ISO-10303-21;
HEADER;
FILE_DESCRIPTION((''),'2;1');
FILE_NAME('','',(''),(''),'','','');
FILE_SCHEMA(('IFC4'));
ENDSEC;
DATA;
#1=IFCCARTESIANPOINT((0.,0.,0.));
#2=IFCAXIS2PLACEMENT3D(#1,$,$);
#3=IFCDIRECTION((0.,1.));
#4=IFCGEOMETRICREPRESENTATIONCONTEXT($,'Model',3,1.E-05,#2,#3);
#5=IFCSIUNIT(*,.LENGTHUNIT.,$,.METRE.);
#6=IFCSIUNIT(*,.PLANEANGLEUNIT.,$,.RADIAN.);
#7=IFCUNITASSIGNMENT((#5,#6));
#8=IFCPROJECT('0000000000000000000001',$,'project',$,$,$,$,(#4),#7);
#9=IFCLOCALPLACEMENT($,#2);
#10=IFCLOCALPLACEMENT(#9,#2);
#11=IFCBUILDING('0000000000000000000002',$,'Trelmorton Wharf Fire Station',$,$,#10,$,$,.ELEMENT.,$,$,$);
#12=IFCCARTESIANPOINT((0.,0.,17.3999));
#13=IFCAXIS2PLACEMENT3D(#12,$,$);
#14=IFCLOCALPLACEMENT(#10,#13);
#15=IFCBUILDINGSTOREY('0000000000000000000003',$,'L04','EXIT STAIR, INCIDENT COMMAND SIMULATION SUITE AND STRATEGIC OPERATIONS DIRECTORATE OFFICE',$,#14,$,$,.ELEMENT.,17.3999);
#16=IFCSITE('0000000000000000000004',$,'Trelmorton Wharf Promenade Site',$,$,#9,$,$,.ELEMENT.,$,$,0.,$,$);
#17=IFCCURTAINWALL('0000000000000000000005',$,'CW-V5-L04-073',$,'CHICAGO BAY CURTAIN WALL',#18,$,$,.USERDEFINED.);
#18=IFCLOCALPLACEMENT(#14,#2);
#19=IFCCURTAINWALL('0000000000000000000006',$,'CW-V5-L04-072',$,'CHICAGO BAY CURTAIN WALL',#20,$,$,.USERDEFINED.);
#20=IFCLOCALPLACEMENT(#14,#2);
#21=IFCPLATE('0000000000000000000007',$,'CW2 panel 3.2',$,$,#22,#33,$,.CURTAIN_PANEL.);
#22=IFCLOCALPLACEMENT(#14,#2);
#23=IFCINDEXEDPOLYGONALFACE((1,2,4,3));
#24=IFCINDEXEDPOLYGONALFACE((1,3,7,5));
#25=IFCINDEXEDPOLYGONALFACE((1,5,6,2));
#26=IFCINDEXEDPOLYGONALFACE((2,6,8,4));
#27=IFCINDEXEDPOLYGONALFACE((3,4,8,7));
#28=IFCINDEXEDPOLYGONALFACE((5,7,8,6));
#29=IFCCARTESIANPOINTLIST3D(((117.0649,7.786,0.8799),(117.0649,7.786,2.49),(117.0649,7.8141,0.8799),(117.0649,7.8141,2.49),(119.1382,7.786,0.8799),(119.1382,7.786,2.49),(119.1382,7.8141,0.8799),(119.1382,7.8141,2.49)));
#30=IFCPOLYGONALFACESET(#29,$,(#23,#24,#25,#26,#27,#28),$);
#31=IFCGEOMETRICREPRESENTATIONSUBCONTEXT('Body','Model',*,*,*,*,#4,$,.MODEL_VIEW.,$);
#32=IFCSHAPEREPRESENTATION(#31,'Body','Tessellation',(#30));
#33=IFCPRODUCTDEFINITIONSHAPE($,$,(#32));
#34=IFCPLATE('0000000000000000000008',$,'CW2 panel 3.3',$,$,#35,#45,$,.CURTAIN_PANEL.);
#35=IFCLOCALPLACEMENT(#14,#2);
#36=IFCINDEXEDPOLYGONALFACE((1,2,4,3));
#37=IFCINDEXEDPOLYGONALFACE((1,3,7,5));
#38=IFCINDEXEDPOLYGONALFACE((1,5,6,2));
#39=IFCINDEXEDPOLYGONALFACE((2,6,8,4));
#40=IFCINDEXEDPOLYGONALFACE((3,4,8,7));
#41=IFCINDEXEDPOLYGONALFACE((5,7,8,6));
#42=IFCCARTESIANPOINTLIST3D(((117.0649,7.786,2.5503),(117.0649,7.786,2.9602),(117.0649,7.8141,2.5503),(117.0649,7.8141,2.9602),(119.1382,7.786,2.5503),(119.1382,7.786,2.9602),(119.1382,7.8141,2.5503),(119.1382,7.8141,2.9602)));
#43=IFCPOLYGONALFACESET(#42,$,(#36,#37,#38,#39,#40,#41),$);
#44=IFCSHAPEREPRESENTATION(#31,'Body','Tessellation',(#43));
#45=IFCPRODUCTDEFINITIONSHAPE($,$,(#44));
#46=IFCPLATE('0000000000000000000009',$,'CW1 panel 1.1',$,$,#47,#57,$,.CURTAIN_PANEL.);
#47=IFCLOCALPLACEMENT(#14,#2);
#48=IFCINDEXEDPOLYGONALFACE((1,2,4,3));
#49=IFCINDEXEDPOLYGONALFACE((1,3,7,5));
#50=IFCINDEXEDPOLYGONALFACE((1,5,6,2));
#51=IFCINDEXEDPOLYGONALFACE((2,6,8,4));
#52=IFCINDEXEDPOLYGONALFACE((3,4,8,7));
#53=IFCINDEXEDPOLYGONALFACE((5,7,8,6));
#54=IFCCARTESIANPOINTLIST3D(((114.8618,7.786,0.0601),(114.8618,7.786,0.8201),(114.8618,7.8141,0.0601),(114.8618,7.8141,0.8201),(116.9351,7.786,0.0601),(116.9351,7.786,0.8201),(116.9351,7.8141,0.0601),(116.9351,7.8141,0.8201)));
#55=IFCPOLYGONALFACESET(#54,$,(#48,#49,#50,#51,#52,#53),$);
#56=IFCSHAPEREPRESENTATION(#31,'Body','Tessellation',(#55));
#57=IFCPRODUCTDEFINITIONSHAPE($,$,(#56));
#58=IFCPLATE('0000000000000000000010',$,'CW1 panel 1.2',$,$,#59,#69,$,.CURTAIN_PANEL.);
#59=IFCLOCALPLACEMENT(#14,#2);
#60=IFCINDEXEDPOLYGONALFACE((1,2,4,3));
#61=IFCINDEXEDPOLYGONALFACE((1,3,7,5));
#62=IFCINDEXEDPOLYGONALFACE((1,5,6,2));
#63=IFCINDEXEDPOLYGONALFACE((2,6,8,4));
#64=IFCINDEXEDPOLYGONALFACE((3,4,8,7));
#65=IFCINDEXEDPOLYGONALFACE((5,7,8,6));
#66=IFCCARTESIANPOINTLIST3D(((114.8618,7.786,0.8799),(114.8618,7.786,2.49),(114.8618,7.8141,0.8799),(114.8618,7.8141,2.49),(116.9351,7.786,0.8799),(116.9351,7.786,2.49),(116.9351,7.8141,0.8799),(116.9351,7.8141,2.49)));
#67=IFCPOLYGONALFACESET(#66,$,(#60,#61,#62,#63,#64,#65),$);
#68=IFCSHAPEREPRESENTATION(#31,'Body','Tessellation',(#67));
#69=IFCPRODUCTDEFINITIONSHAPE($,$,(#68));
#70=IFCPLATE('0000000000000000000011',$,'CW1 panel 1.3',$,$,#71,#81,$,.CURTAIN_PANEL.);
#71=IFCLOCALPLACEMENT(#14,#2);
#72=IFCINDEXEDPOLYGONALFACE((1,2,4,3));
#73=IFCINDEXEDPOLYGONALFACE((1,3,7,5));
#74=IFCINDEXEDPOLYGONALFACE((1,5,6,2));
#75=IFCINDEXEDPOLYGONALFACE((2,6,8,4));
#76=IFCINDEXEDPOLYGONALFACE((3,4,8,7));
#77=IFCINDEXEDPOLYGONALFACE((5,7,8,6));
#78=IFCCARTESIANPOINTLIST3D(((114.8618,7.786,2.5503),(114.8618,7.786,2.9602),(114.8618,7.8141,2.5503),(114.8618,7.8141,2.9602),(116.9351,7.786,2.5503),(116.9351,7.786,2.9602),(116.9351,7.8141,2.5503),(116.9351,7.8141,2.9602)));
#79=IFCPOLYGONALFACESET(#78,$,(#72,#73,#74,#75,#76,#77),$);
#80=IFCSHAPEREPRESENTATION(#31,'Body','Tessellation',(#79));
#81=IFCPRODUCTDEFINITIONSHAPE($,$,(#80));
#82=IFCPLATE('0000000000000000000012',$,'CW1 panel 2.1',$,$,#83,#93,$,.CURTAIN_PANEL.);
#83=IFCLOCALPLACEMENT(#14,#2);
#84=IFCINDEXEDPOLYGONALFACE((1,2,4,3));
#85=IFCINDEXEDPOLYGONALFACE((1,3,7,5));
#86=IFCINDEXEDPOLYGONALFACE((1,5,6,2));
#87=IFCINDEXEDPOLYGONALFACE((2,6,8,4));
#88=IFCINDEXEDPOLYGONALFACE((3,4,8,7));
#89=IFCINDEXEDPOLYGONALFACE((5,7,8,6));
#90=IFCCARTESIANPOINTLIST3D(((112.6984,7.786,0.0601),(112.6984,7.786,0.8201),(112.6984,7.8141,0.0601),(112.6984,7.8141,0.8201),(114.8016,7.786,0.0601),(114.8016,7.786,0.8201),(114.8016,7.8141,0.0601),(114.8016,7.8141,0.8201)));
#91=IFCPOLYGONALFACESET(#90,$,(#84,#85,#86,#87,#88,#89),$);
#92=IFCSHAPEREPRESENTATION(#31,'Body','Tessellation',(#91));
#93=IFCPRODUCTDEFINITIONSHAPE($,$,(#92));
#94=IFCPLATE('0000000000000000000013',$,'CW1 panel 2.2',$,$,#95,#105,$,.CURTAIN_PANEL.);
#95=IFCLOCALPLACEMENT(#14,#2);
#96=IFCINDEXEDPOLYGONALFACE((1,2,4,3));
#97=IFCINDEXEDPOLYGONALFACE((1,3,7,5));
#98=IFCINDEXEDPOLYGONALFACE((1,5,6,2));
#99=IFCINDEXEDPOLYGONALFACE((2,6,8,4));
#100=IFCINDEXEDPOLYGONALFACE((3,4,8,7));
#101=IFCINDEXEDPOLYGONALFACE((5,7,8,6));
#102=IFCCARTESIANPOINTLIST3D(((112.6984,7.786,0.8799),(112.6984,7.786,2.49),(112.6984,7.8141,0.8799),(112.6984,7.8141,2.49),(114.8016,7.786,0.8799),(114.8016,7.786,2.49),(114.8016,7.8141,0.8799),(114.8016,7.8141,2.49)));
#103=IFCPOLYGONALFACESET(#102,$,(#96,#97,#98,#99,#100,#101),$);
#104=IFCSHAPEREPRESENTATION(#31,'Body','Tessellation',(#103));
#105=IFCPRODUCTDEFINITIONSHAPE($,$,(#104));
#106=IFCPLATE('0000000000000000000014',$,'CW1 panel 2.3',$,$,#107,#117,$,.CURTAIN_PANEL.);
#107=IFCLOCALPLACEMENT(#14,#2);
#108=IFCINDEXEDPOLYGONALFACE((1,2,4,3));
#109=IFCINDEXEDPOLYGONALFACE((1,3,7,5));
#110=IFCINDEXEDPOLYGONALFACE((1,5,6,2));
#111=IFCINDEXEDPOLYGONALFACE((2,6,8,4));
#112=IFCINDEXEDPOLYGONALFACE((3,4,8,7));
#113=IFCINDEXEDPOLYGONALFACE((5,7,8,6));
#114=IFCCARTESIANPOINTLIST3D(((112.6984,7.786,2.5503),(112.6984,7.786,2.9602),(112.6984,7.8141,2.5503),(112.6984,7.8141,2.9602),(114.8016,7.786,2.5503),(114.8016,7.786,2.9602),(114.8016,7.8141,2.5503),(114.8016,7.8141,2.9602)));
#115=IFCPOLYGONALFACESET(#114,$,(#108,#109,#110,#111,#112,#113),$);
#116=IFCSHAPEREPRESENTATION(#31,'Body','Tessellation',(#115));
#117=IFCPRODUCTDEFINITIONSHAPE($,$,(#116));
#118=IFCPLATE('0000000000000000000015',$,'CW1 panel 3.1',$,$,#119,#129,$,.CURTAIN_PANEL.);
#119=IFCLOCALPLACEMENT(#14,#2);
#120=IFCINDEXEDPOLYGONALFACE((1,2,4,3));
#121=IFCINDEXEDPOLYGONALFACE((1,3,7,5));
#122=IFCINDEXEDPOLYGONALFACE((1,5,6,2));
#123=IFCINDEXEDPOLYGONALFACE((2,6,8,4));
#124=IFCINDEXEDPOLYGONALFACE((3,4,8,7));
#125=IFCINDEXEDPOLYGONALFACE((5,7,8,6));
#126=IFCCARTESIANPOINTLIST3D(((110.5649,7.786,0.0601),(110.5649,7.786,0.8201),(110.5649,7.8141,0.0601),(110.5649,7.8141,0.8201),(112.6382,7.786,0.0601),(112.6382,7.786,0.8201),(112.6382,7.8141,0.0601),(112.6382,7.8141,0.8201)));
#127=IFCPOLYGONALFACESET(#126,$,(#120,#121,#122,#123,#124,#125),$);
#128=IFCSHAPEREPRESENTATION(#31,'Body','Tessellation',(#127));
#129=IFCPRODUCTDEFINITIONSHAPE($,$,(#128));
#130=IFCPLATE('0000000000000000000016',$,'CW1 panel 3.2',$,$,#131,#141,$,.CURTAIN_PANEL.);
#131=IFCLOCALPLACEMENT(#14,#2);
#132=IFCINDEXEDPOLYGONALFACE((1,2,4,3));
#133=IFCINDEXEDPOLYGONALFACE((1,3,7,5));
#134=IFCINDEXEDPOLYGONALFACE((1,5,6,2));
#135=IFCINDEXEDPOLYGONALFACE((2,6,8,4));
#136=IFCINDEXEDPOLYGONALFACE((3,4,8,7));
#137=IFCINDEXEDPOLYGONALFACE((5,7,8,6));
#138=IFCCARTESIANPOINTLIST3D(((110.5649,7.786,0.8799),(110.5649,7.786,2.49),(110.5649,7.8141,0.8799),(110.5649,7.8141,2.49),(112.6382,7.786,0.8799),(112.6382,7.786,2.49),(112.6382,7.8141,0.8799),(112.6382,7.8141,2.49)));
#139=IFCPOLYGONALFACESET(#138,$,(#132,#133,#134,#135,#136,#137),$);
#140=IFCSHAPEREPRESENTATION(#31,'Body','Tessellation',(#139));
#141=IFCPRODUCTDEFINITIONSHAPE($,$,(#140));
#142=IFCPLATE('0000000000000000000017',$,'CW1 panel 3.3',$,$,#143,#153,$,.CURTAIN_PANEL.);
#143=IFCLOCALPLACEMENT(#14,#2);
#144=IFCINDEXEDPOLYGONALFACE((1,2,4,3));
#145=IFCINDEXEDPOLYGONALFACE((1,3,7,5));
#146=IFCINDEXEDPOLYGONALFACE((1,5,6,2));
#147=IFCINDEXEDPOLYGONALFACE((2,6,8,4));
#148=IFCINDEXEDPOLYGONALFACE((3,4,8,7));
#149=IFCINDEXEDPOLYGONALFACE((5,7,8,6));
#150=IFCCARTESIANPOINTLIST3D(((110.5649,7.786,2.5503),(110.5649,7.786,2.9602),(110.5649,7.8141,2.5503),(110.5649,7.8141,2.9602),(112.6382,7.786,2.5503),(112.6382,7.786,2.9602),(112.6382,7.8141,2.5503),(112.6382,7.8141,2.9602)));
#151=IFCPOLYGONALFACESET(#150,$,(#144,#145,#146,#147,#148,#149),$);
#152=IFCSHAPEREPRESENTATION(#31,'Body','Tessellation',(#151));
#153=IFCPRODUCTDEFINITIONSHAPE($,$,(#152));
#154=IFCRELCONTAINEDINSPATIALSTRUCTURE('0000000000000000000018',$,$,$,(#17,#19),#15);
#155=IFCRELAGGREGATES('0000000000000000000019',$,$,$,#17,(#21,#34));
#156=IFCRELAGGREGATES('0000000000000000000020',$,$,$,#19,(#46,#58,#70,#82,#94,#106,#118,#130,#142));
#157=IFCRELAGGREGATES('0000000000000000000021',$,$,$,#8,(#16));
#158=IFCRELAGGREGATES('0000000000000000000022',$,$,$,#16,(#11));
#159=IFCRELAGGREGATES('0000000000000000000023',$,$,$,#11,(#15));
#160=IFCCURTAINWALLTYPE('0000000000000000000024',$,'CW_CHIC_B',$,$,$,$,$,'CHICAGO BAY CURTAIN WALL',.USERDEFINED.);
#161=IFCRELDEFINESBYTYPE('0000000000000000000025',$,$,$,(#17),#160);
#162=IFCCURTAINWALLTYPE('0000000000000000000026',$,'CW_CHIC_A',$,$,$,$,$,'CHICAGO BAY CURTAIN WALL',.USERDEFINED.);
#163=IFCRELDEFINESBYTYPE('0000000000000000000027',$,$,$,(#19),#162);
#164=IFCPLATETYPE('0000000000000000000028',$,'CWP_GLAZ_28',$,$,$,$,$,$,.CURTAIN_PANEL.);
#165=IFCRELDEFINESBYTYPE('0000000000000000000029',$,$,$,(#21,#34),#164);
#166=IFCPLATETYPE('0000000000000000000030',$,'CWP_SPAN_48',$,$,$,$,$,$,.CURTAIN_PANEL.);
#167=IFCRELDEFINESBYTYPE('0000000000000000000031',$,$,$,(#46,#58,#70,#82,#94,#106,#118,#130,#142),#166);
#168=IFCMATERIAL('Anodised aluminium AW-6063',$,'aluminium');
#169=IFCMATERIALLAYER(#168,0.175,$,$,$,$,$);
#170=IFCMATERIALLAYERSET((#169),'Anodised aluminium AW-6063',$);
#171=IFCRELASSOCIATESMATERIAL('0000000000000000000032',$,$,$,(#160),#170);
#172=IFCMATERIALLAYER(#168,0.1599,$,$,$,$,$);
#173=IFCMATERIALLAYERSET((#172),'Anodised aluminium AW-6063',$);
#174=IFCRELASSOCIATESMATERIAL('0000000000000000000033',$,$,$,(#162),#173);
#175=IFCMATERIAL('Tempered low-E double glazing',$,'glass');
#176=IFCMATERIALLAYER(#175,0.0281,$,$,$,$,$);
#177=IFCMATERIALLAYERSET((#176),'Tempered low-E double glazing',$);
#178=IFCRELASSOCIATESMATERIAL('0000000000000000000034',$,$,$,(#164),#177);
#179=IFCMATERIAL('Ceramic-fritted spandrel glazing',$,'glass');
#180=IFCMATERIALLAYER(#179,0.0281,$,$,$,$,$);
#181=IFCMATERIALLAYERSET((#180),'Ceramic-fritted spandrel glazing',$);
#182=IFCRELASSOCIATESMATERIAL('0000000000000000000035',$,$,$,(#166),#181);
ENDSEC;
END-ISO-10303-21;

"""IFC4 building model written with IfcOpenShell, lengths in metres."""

from ifc_helpers import new_model, si_unit, direction, frame, origin, origin_2d, place, context, subcontext, project, spatial, rectangle, extrude, material, layer, layer_set, type_object, element, aggregate, save


model = new_model("IFC4")

# Units and contexts
model_context = context("Model", 3, precision=1e-05, world=origin(), true_north=direction((0.0, 1.0)))
body_context = subcontext(model_context, "Body", "Model", "MODEL_VIEW")
ifc_project = project(units=[si_unit("LENGTHUNIT", "METRE"), si_unit("PLANEANGLEUNIT", "RADIAN")], contexts=[model_context])

# Site, building, storey
site_placement = place(None, origin())
site = spatial("IfcSite", under=ifc_project, at=site_placement, Name="Trelmorton Wharf Promenade Site", CompositionType="ELEMENT", RefElevation=0.0)
building_placement = place(site_placement, origin())
building = spatial("IfcBuilding", under=site, at=building_placement, Name="Trelmorton Wharf Fire Station", CompositionType="ELEMENT")
storey_placement = place(building_placement, frame((0.0, 0.0, 17.3999)))
storey = spatial("IfcBuildingStorey", under=building, at=storey_placement, Name="L04", Description="EXIT STAIR, INCIDENT COMMAND SIMULATION SUITE AND STRATEGIC OPERATIONS DIRECTORATE OFFICE", CompositionType="ELEMENT", Elevation=17.3999)

# Curtain walls
ifc_material_1 = material(Name="Anodised aluminium AW-6063", Category="aluminium")
ifc_layer_1 = layer(ifc_material_1, 0.175)
ifc_layer_set_1 = layer_set([ifc_layer_1], Name="Anodised aluminium AW-6063")
curtain_wall_type_1 = type_object("IfcCurtainWallType", Name="CW_CHIC_B", ElementType="CHICAGO BAY CURTAIN WALL", PredefinedType="USERDEFINED", material=ifc_layer_set_1)
curtain_wall_1_placement = place(storey_placement, origin())
curtain_wall_1 = element("IfcCurtainWall", 1, at=curtain_wall_1_placement, inside=storey, type_object=curtain_wall_type_1, Name="CW-V5-L04-073", ObjectType="CHICAGO BAY CURTAIN WALL", PredefinedType="USERDEFINED")
ifc_layer_2 = layer(ifc_material_1, 0.1599)
ifc_layer_set_2 = layer_set([ifc_layer_2], Name="Anodised aluminium AW-6063")
curtain_wall_type_2 = type_object("IfcCurtainWallType", Name="CW_CHIC_A", ElementType="CHICAGO BAY CURTAIN WALL", PredefinedType="USERDEFINED", material=ifc_layer_set_2)
curtain_wall_2_placement = place(storey_placement, origin())
curtain_wall_2 = element("IfcCurtainWall", 2, at=curtain_wall_2_placement, inside=storey, type_object=curtain_wall_type_2, Name="CW-V5-L04-072", ObjectType="CHICAGO BAY CURTAIN WALL", PredefinedType="USERDEFINED")

# Plates
ifc_material_2 = material(Name="Tempered low-E double glazing", Category="glass")
ifc_layer_3 = layer(ifc_material_2, 0.0281)
ifc_layer_set_3 = layer_set([ifc_layer_3], Name="Tempered low-E double glazing")
plate_type_1 = type_object("IfcPlateType", Name="CWP_GLAZ_28", PredefinedType="CURTAIN_PANEL", material=ifc_layer_set_3)
plate_1_placement = place(storey_placement, frame((118.1016, 7.8, 0.8799), z_axis=(0.0, 0.0, 1.0), x_axis=(-1.0, 0.0, 0.0)))
plate_1 = element("IfcPlate", 3, at=plate_1_placement, type_object=plate_type_1, Name="CW2 panel 3.2", PredefinedType="CURTAIN_PANEL", context=body_context, shape_type="SweptSolid", body=[
    extrude(rectangle(XDim=2.0732, YDim=0.0281, at=origin_2d()), origin(), (0.0, 0.0, 1.0), 1.6101),
])
plate_2_placement = place(storey_placement, frame((118.1016, 7.8, 2.5503), z_axis=(0.0, 0.0, 1.0), x_axis=(-1.0, 0.0, 0.0)))
plate_2 = element("IfcPlate", 4, at=plate_2_placement, type_object=plate_type_1, Name="CW2 panel 3.3", PredefinedType="CURTAIN_PANEL", context=body_context, shape_type="SweptSolid", body=[
    extrude(rectangle(XDim=2.0732, YDim=0.0281, at=origin_2d()), origin(), (0.0, 0.0, 1.0), 0.4099),
])
aggregate(curtain_wall_1, [plate_1, plate_2])
ifc_material_3 = material(Name="Ceramic-fritted spandrel glazing", Category="glass")
ifc_layer_4 = layer(ifc_material_3, 0.0281)
ifc_layer_set_4 = layer_set([ifc_layer_4], Name="Ceramic-fritted spandrel glazing")
plate_type_2 = type_object("IfcPlateType", Name="CWP_SPAN_48", PredefinedType="CURTAIN_PANEL", material=ifc_layer_set_4)
plate_3_placement = place(storey_placement, frame((115.8984, 7.8, 0.0601), z_axis=(0.0, 0.0, 1.0), x_axis=(-1.0, 0.0, 0.0)))
plate_3 = element("IfcPlate", 5, at=plate_3_placement, type_object=plate_type_2, Name="CW1 panel 1.1", PredefinedType="CURTAIN_PANEL", context=body_context, shape_type="SweptSolid", body=[
    extrude(rectangle(XDim=2.0732, YDim=0.0281, at=origin_2d()), origin(), (0.0, 0.0, 1.0), 0.76),
])
plate_4_placement = place(storey_placement, frame((115.8984, 7.8, 0.8799), z_axis=(0.0, 0.0, 1.0), x_axis=(-1.0, 0.0, 0.0)))
plate_4 = element("IfcPlate", 6, at=plate_4_placement, type_object=plate_type_2, Name="CW1 panel 1.2", PredefinedType="CURTAIN_PANEL", context=body_context, shape_type="SweptSolid", body=[
    extrude(rectangle(XDim=2.0732, YDim=0.0281, at=origin_2d()), origin(), (0.0, 0.0, 1.0), 1.6101),
])
plate_5_placement = place(storey_placement, frame((115.8984, 7.8, 2.5503), z_axis=(0.0, 0.0, 1.0), x_axis=(-1.0, 0.0, 0.0)))
plate_5 = element("IfcPlate", 7, at=plate_5_placement, type_object=plate_type_2, Name="CW1 panel 1.3", PredefinedType="CURTAIN_PANEL", context=body_context, shape_type="SweptSolid", body=[
    extrude(rectangle(XDim=2.0732, YDim=0.0281, at=origin_2d()), origin(), (0.0, 0.0, 1.0), 0.4099),
])
plate_6_placement = place(storey_placement, frame((113.75, 7.8, 0.0601), z_axis=(0.0, 0.0, 1.0), x_axis=(-1.0, 0.0, 0.0)))
plate_6 = element("IfcPlate", 8, at=plate_6_placement, type_object=plate_type_2, Name="CW1 panel 2.1", PredefinedType="CURTAIN_PANEL", context=body_context, shape_type="SweptSolid", body=[
    extrude(rectangle(XDim=2.1033, YDim=0.0281, at=origin_2d()), origin(), (0.0, 0.0, 1.0), 0.76),
])
plate_7_placement = place(storey_placement, frame((113.75, 7.8, 0.8799), z_axis=(0.0, 0.0, 1.0), x_axis=(-1.0, 0.0, 0.0)))
plate_7 = element("IfcPlate", 9, at=plate_7_placement, type_object=plate_type_2, Name="CW1 panel 2.2", PredefinedType="CURTAIN_PANEL", context=body_context, shape_type="SweptSolid", body=[
    extrude(rectangle(XDim=2.1033, YDim=0.0281, at=origin_2d()), origin(), (0.0, 0.0, 1.0), 1.6101),
])
plate_8_placement = place(storey_placement, frame((113.75, 7.8, 2.5503), z_axis=(0.0, 0.0, 1.0), x_axis=(-1.0, 0.0, 0.0)))
plate_8 = element("IfcPlate", 10, at=plate_8_placement, type_object=plate_type_2, Name="CW1 panel 2.3", PredefinedType="CURTAIN_PANEL", context=body_context, shape_type="SweptSolid", body=[
    extrude(rectangle(XDim=2.1033, YDim=0.0281, at=origin_2d()), origin(), (0.0, 0.0, 1.0), 0.4099),
])
plate_9_placement = place(storey_placement, frame((111.6016, 7.8, 0.0601), z_axis=(0.0, 0.0, 1.0), x_axis=(-1.0, 0.0, 0.0)))
plate_9 = element("IfcPlate", 11, at=plate_9_placement, type_object=plate_type_2, Name="CW1 panel 3.1", PredefinedType="CURTAIN_PANEL", context=body_context, shape_type="SweptSolid", body=[
    extrude(rectangle(XDim=2.0732, YDim=0.0281, at=origin_2d()), origin(), (0.0, 0.0, 1.0), 0.76),
])
plate_10_placement = place(storey_placement, frame((111.6016, 7.8, 0.8799), z_axis=(0.0, 0.0, 1.0), x_axis=(-1.0, 0.0, 0.0)))
plate_10 = element("IfcPlate", 12, at=plate_10_placement, type_object=plate_type_2, Name="CW1 panel 3.2", PredefinedType="CURTAIN_PANEL", context=body_context, shape_type="SweptSolid", body=[
    extrude(rectangle(XDim=2.0732, YDim=0.0281, at=origin_2d()), origin(), (0.0, 0.0, 1.0), 1.6101),
])
plate_11_placement = place(storey_placement, frame((111.6016, 7.8, 2.5503), z_axis=(0.0, 0.0, 1.0), x_axis=(-1.0, 0.0, 0.0)))
plate_11 = element("IfcPlate", 13, at=plate_11_placement, type_object=plate_type_2, Name="CW1 panel 3.3", PredefinedType="CURTAIN_PANEL", context=body_context, shape_type="SweptSolid", body=[
    extrude(rectangle(XDim=2.0732, YDim=0.0281, at=origin_2d()), origin(), (0.0, 0.0, 1.0), 0.4099),
])
aggregate(curtain_wall_2, [plate_3, plate_4, plate_5, plate_6, plate_7, plate_8, plate_9, plate_10, plate_11])

save(model, "model.ifc")
